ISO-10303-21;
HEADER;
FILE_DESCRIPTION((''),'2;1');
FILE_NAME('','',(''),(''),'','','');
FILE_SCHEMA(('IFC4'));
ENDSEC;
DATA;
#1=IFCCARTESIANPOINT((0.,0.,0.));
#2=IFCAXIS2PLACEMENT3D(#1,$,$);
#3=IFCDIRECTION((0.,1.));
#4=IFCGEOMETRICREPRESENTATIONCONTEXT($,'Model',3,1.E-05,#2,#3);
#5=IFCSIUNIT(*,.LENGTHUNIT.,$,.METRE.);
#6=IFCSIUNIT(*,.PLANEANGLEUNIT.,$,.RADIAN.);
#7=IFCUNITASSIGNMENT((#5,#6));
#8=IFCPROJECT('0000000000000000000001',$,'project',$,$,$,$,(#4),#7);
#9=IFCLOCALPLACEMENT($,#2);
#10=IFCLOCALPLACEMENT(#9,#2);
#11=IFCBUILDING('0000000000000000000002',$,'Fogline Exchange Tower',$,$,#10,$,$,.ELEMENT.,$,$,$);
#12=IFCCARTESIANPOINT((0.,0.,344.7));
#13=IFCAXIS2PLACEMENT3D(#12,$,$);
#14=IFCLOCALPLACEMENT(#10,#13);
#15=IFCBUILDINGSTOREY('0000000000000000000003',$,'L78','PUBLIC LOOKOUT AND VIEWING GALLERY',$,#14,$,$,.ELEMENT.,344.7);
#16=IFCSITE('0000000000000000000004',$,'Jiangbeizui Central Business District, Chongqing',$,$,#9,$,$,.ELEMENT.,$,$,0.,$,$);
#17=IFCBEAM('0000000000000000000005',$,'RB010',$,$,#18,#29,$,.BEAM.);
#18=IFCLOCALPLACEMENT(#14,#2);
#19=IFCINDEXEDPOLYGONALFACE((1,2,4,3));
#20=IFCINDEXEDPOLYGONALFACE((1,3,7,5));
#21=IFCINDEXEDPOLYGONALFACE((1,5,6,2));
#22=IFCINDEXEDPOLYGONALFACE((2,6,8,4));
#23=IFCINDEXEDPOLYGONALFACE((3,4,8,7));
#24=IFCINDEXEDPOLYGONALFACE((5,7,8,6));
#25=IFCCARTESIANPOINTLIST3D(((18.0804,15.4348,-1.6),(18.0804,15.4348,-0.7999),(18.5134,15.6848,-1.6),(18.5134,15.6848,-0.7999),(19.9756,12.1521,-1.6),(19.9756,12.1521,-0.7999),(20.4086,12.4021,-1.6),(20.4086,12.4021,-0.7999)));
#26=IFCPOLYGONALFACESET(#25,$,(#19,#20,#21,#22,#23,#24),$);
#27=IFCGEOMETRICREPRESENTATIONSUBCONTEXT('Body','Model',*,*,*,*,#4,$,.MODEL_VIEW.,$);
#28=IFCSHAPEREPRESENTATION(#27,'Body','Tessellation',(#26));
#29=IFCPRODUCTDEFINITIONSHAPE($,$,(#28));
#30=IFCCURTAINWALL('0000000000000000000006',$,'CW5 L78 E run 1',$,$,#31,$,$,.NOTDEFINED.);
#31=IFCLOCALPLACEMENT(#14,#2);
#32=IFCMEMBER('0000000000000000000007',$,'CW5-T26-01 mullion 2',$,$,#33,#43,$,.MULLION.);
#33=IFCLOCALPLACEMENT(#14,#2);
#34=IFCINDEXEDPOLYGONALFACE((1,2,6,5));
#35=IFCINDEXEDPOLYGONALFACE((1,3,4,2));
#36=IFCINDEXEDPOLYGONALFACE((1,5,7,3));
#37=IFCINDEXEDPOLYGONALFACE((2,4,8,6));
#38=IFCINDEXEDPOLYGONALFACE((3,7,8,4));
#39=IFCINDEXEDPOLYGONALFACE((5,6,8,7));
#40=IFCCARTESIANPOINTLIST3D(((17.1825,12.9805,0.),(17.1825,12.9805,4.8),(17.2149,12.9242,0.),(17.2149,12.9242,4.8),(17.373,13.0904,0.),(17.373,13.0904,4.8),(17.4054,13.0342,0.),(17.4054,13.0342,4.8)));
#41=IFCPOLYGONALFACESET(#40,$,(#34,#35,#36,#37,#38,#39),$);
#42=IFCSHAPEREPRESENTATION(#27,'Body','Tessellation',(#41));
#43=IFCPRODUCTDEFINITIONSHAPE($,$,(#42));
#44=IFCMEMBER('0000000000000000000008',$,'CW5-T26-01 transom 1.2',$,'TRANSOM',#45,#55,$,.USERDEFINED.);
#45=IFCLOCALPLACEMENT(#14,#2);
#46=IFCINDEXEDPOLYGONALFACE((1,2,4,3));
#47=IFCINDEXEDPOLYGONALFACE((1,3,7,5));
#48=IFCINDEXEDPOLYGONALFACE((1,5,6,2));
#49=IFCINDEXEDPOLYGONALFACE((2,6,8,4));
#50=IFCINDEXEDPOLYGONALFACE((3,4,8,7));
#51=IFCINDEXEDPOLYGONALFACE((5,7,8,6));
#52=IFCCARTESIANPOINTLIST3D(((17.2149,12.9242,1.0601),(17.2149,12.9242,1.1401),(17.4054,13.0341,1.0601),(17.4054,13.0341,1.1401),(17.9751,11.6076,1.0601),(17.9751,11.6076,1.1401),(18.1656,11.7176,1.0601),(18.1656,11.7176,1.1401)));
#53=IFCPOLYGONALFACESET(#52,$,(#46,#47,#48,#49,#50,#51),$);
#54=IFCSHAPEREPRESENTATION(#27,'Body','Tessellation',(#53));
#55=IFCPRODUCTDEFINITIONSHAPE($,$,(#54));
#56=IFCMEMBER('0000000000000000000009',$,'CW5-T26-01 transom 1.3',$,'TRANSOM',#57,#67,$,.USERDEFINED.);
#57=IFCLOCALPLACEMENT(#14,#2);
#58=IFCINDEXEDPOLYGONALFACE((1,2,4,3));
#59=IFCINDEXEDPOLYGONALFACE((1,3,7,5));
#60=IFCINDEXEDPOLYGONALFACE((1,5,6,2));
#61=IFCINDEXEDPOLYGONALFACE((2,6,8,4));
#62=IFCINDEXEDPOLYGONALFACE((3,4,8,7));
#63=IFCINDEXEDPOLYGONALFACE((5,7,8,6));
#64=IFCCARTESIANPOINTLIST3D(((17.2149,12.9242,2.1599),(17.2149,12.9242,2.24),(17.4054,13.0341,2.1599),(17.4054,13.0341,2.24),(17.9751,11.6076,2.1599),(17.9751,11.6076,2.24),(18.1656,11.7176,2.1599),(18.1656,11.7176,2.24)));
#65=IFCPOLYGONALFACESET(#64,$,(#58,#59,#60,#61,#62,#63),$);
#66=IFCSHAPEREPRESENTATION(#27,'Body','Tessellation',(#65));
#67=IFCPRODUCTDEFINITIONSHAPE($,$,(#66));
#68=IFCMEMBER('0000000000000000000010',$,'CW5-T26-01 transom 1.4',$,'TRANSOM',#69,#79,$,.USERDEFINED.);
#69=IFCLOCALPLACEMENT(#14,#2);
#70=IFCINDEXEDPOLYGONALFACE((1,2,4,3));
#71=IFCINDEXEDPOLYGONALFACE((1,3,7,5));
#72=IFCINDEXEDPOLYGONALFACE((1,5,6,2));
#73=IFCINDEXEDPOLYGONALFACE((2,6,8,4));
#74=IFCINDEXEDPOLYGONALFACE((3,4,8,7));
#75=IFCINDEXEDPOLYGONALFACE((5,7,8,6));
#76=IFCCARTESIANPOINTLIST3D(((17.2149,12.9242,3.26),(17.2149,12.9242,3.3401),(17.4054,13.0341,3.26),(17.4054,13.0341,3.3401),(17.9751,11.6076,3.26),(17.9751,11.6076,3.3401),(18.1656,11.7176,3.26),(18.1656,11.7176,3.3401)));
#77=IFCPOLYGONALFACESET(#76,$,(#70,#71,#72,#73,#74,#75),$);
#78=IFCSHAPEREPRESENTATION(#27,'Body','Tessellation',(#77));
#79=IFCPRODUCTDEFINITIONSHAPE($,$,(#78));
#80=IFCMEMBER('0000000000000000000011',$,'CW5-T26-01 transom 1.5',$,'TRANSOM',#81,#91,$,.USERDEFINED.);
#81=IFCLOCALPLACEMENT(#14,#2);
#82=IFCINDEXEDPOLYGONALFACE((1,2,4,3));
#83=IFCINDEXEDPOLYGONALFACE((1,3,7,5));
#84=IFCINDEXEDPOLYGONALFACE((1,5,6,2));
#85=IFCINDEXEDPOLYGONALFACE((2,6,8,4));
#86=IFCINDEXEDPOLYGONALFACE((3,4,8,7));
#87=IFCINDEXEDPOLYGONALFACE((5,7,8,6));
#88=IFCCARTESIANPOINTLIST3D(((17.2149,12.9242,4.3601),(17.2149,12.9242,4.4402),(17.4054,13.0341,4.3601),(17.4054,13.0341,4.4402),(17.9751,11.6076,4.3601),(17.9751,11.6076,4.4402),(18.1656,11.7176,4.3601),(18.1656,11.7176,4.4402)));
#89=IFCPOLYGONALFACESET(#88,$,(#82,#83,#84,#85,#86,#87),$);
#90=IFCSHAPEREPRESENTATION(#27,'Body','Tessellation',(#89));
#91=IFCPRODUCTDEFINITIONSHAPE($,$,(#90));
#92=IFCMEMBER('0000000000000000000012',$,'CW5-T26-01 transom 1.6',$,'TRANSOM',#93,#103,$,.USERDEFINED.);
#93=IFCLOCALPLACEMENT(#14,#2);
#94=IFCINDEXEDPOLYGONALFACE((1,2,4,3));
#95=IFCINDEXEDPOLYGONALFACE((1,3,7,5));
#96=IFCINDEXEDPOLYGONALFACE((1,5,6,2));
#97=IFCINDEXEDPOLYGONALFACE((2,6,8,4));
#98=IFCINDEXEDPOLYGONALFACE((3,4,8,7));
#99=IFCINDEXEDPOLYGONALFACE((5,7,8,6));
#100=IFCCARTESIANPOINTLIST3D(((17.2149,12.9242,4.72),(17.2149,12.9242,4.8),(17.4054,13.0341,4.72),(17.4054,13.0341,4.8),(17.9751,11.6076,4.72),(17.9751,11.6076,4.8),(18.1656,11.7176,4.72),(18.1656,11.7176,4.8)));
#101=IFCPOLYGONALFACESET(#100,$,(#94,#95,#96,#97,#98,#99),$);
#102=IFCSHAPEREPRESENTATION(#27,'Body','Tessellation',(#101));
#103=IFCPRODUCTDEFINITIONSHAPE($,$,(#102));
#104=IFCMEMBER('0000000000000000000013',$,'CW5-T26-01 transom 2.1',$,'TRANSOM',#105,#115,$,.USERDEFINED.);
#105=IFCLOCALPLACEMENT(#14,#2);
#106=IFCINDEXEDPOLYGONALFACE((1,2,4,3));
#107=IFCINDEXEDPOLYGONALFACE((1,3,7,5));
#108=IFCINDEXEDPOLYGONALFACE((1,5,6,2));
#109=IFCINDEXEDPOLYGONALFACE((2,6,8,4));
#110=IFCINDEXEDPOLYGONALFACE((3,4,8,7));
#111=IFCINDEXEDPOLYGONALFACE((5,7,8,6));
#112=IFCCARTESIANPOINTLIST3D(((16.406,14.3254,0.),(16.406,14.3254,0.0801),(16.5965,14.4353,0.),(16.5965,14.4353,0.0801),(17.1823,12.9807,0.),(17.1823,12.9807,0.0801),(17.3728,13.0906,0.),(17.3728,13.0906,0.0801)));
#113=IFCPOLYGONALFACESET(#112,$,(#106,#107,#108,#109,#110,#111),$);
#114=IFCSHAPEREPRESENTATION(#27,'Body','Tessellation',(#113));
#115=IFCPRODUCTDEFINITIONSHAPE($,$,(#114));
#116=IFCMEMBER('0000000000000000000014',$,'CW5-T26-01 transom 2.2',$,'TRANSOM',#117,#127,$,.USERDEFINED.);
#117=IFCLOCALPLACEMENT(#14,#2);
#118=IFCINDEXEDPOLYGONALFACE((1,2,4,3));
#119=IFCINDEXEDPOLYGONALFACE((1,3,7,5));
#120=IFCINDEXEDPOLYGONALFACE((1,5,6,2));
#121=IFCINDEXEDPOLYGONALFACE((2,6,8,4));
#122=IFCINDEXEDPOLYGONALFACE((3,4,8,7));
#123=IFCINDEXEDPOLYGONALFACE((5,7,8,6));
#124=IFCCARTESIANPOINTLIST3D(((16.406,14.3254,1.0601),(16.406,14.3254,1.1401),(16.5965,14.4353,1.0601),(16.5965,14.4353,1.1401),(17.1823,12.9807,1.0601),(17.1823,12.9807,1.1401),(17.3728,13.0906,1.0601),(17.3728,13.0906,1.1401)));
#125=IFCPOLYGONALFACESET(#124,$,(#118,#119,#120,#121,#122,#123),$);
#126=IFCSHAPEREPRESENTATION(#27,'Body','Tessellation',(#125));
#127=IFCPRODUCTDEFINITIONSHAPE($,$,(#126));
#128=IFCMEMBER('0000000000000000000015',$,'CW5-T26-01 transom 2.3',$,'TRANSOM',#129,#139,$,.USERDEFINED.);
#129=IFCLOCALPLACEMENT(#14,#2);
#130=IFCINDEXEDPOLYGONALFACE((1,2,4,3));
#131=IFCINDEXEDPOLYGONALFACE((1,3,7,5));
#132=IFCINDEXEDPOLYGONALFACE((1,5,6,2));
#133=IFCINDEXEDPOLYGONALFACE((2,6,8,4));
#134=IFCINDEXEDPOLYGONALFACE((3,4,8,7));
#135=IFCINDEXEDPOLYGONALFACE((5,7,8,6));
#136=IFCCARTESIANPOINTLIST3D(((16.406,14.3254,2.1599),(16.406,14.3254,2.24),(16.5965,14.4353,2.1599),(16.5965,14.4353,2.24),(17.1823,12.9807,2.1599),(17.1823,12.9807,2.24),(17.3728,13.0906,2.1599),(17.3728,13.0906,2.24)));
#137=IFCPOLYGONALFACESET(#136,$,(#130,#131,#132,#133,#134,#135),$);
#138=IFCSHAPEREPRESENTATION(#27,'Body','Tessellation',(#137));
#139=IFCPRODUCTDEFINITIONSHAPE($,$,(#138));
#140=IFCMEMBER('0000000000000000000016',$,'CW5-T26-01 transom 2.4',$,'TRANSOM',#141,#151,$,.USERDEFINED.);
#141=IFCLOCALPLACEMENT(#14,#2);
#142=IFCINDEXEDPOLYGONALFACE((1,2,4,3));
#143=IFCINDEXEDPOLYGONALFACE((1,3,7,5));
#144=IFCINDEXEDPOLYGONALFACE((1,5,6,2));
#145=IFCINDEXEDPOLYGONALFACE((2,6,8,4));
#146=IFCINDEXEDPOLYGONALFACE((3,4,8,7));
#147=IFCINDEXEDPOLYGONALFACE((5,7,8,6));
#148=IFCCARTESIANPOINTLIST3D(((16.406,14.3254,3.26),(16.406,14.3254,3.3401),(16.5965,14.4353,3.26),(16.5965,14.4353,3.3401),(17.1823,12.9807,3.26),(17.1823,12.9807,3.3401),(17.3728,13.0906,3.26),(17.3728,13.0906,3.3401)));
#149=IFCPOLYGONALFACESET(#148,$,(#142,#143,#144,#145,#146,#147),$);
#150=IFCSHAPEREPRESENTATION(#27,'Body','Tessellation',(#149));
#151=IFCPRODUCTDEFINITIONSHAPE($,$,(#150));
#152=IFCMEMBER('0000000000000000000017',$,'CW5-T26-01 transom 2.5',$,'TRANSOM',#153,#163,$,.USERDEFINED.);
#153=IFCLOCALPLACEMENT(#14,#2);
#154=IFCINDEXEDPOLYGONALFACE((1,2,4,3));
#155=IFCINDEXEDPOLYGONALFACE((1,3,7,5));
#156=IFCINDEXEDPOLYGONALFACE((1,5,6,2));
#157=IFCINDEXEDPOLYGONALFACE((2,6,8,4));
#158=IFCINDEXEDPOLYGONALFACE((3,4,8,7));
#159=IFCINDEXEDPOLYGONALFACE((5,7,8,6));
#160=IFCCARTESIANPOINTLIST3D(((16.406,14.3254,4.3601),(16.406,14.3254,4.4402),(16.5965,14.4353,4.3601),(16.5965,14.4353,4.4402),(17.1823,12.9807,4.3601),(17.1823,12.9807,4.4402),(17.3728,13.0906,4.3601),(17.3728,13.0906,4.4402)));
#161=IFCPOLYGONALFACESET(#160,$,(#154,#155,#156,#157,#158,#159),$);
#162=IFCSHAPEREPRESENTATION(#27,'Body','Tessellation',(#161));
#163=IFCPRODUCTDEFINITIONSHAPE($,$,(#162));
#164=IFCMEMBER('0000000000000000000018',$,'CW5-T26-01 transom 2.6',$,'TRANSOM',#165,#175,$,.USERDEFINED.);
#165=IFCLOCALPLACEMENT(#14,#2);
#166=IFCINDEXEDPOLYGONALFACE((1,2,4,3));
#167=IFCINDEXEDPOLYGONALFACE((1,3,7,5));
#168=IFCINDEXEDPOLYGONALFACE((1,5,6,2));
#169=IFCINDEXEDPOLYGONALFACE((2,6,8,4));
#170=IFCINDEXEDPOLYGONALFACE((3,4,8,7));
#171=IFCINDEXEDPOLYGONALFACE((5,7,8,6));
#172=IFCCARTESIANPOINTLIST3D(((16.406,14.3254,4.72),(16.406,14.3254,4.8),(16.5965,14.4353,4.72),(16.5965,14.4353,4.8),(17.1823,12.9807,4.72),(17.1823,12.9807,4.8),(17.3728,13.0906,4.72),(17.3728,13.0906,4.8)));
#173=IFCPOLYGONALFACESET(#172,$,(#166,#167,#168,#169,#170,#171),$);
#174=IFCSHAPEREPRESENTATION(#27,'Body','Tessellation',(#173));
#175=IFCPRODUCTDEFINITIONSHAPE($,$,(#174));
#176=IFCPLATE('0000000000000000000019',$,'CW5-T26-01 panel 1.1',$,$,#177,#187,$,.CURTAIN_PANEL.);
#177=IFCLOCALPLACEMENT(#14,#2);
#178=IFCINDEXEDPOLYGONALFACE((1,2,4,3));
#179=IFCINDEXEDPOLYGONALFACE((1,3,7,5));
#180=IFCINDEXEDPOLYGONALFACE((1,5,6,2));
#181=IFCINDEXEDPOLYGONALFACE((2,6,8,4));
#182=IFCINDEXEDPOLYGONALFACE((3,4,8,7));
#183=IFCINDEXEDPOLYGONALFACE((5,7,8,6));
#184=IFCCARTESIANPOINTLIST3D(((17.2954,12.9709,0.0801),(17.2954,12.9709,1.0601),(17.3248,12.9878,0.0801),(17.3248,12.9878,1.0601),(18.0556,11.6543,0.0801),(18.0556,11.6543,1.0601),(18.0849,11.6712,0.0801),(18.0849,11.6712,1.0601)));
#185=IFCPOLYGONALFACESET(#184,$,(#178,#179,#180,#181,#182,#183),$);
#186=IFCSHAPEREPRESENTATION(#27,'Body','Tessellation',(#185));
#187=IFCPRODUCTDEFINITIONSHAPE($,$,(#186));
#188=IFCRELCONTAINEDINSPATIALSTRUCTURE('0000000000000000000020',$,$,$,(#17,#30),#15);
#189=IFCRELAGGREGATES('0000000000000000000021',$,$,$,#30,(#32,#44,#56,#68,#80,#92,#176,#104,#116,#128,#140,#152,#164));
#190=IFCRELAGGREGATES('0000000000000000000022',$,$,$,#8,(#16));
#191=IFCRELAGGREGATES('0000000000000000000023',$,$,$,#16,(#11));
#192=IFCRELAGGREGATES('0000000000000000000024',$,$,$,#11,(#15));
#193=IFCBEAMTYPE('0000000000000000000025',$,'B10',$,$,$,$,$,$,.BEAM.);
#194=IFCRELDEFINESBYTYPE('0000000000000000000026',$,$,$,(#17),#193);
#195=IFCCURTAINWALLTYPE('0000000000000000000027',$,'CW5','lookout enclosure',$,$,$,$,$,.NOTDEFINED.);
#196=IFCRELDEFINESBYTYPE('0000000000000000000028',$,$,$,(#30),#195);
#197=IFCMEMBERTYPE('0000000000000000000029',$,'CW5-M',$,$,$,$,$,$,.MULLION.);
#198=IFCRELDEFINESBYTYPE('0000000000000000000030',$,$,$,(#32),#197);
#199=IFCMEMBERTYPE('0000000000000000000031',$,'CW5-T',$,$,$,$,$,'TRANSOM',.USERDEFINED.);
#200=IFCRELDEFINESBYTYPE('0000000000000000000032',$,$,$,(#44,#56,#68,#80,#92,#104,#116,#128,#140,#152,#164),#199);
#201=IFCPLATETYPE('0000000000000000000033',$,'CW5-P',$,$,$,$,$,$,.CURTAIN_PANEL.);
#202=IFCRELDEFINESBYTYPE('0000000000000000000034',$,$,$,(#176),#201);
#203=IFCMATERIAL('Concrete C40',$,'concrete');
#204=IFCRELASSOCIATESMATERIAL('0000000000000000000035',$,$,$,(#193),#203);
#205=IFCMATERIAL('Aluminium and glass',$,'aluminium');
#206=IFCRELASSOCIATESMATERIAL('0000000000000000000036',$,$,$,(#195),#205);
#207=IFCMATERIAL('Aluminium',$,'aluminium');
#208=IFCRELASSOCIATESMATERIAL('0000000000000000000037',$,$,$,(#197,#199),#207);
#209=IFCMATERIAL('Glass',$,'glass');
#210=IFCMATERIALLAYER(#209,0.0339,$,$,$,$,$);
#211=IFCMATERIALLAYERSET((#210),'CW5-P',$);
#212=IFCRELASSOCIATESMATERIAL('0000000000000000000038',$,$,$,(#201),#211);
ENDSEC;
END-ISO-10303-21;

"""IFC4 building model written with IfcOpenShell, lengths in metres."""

from ifc_helpers import new_model, si_unit, direction, frame, origin, origin_2d, place, context, subcontext, project, spatial, rectangle, extrude, material, layer, layer_set, material_profile, profile_set, type_object, element, aggregate, save


model = new_model("IFC4")

# Units and contexts
model_context = context("Model", 3, precision=1e-05, world=origin(), true_north=direction((0.0, 1.0)))
body_context = subcontext(model_context, "Body", "Model", "MODEL_VIEW")
ifc_project = project(units=[si_unit("LENGTHUNIT", "METRE"), si_unit("PLANEANGLEUNIT", "RADIAN")], contexts=[model_context])

# Site, building, storey
site_placement = place(None, origin())
site = spatial("IfcSite", under=ifc_project, at=site_placement, Name="Jiangbeizui Central Business District, Chongqing", CompositionType="ELEMENT", RefElevation=0.0)
building_placement = place(site_placement, origin())
building = spatial("IfcBuilding", under=site, at=building_placement, Name="Fogline Exchange Tower", CompositionType="ELEMENT")
storey_placement = place(building_placement, frame((0.0, 0.0, 344.7)))
storey = spatial("IfcBuildingStorey", under=building, at=storey_placement, Name="L78", Description="PUBLIC LOOKOUT AND VIEWING GALLERY", CompositionType="ELEMENT", Elevation=344.7)

# Beam
ifc_material_1 = material(Name="Concrete C40", Category="concrete")
ifc_material_profile_1 = material_profile(ifc_material_1, rectangle(XDim=0.5, YDim=0.8, at=origin_2d()), Name="RC 500x800")
ifc_profile_set_1 = profile_set([ifc_material_profile_1], Name="Concrete C40")
beam_type = type_object("IfcBeamType", Name="B10", PredefinedType="BEAM", material=ifc_profile_set_1)
beam_placement = place(storey_placement, frame((20.1921, 12.2771, -1.2), z_axis=(-0.499998, 0.866027, 0.0), x_axis=(-0.866027, -0.499998, 0.0)))
element("IfcBeam", 1, at=beam_placement, inside=storey, type_object=beam_type, Name="RB010", PredefinedType="BEAM", context=body_context, shape_type="SweptSolid", body=[
    extrude(rectangle(XDim=0.5, YDim=0.8, at=origin_2d()), origin(), (0.0, 0.0, 1.0), 3.7905),
])

# Curtain wall, members, plate
ifc_material_2 = material(Name="Aluminium and glass", Category="aluminium")
curtain_wall_type = type_object("IfcCurtainWallType", Name="CW5", Description="lookout enclosure", PredefinedType="NOTDEFINED", material=ifc_material_2)
curtain_wall_placement = place(storey_placement, origin())
curtain_wall = element("IfcCurtainWall", 2, at=curtain_wall_placement, inside=storey, type_object=curtain_wall_type, Name="CW5 L78 E run 1", PredefinedType="NOTDEFINED")
ifc_material_3 = material(Name="Aluminium", Category="aluminium")
ifc_material_profile_2 = material_profile(ifc_material_3, rectangle(XDim=0.22, YDim=0.0649, at=origin_2d()), Name="Mullion 65x220")
ifc_profile_set_2 = profile_set([ifc_material_profile_2], Name="Aluminium")
member_type_1 = type_object("IfcMemberType", Name="CW5-M", PredefinedType="MULLION", material=ifc_profile_set_2)
member_1_placement = place(storey_placement, frame((17.2939, 13.0073, 0.0), z_axis=(0.0, 0.0, 1.0), x_axis=(-0.866025, -0.5, 0.0)))
member_1 = element("IfcMember", 3, at=member_1_placement, type_object=member_type_1, Name="CW5-T26-01 mullion 2", PredefinedType="MULLION", context=body_context, shape_type="SweptSolid", body=[
    extrude(rectangle(XDim=0.22, YDim=0.0649, at=origin_2d()), origin(), (0.0, 0.0, 1.0), 4.8),
])
ifc_material_profile_3 = material_profile(ifc_material_3, rectangle(XDim=0.22, YDim=0.0801, at=origin_2d()), Name="Transom 80x220")
ifc_profile_set_3 = profile_set([ifc_material_profile_3], Name="Aluminium")
member_type_2 = type_object("IfcMemberType", Name="CW5-T", ElementType="TRANSOM", PredefinedType="USERDEFINED", material=ifc_profile_set_3)
member_2_placement = place(storey_placement, frame((18.0703, 11.6626, 1.1001), z_axis=(-0.500042, 0.866001, 0.0), x_axis=(-0.866001, -0.500042, 0.0)))
member_2 = element("IfcMember", 4, at=member_2_placement, type_object=member_type_2, Name="CW5-T26-01 transom 1.2", ObjectType="TRANSOM", PredefinedType="USERDEFINED", context=body_context, shape_type="SweptSolid", body=[
    extrude(rectangle(XDim=0.22, YDim=0.0801, at=origin_2d()), origin(), (0.0, 0.0, 1.0), 1.5203),
])
member_3_placement = place(storey_placement, frame((18.0703, 11.6626, 2.2), z_axis=(-0.500042, 0.866001, 0.0), x_axis=(-0.866001, -0.500042, 0.0)))
member_3 = element("IfcMember", 5, at=member_3_placement, type_object=member_type_2, Name="CW5-T26-01 transom 1.3", ObjectType="TRANSOM", PredefinedType="USERDEFINED", context=body_context, shape_type="SweptSolid", body=[
    extrude(rectangle(XDim=0.22, YDim=0.0801, at=origin_2d()), origin(), (0.0, 0.0, 1.0), 1.5203),
])
member_4_placement = place(storey_placement, frame((18.0703, 11.6626, 3.3), z_axis=(-0.500042, 0.866001, 0.0), x_axis=(-0.866001, -0.500042, 0.0)))
member_4 = element("IfcMember", 6, at=member_4_placement, type_object=member_type_2, Name="CW5-T26-01 transom 1.4", ObjectType="TRANSOM", PredefinedType="USERDEFINED", context=body_context, shape_type="SweptSolid", body=[
    extrude(rectangle(XDim=0.22, YDim=0.0801, at=origin_2d()), origin(), (0.0, 0.0, 1.0), 1.5203),
])
member_5_placement = place(storey_placement, frame((18.0703, 11.6626, 4.4001), z_axis=(-0.500042, 0.866001, 0.0), x_axis=(-0.866001, -0.500042, 0.0)))
member_5 = element("IfcMember", 7, at=member_5_placement, type_object=member_type_2, Name="CW5-T26-01 transom 1.5", ObjectType="TRANSOM", PredefinedType="USERDEFINED", context=body_context, shape_type="SweptSolid", body=[
    extrude(rectangle(XDim=0.22, YDim=0.0801, at=origin_2d()), origin(), (0.0, 0.0, 1.0), 1.5203),
])
member_6_placement = place(storey_placement, frame((18.0703, 11.6626, 4.76), z_axis=(-0.500042, 0.866001, 0.0), x_axis=(-0.866001, -0.500042, 0.0)))
member_6 = element("IfcMember", 8, at=member_6_placement, type_object=member_type_2, Name="CW5-T26-01 transom 1.6", ObjectType="TRANSOM", PredefinedType="USERDEFINED", context=body_context, shape_type="SweptSolid", body=[
    extrude(rectangle(XDim=0.22, YDim=0.0801, at=origin_2d()), origin(), (0.0, 0.0, 1.0), 1.5203),
])
member_7_placement = place(storey_placement, frame((17.2776, 13.0356, 0.04), z_axis=(-0.499995, 0.866028, 0.0), x_axis=(-0.866028, -0.499995, 0.0)))
member_7 = element("IfcMember", 9, at=member_7_placement, type_object=member_type_2, Name="CW5-T26-01 transom 2.1", ObjectType="TRANSOM", PredefinedType="USERDEFINED", context=body_context, shape_type="SweptSolid", body=[
    extrude(rectangle(XDim=0.22, YDim=0.0801, at=origin_2d()), origin(), (0.0, 0.0, 1.0), 1.5527),
])
member_8_placement = place(storey_placement, frame((17.2776, 13.0356, 1.1001), z_axis=(-0.499995, 0.866028, 0.0), x_axis=(-0.866028, -0.499995, 0.0)))
member_8 = element("IfcMember", 10, at=member_8_placement, type_object=member_type_2, Name="CW5-T26-01 transom 2.2", ObjectType="TRANSOM", PredefinedType="USERDEFINED", context=body_context, shape_type="SweptSolid", body=[
    extrude(rectangle(XDim=0.22, YDim=0.0801, at=origin_2d()), origin(), (0.0, 0.0, 1.0), 1.5527),
])
member_9_placement = place(storey_placement, frame((17.2776, 13.0356, 2.2), z_axis=(-0.499995, 0.866028, 0.0), x_axis=(-0.866028, -0.499995, 0.0)))
member_9 = element("IfcMember", 11, at=member_9_placement, type_object=member_type_2, Name="CW5-T26-01 transom 2.3", ObjectType="TRANSOM", PredefinedType="USERDEFINED", context=body_context, shape_type="SweptSolid", body=[
    extrude(rectangle(XDim=0.22, YDim=0.0801, at=origin_2d()), origin(), (0.0, 0.0, 1.0), 1.5527),
])
member_10_placement = place(storey_placement, frame((17.2776, 13.0356, 3.3), z_axis=(-0.499995, 0.866028, 0.0), x_axis=(-0.866028, -0.499995, 0.0)))
member_10 = element("IfcMember", 12, at=member_10_placement, type_object=member_type_2, Name="CW5-T26-01 transom 2.4", ObjectType="TRANSOM", PredefinedType="USERDEFINED", context=body_context, shape_type="SweptSolid", body=[
    extrude(rectangle(XDim=0.22, YDim=0.0801, at=origin_2d()), origin(), (0.0, 0.0, 1.0), 1.5527),
])
member_11_placement = place(storey_placement, frame((17.2776, 13.0356, 4.4001), z_axis=(-0.499995, 0.866028, 0.0), x_axis=(-0.866028, -0.499995, 0.0)))
member_11 = element("IfcMember", 13, at=member_11_placement, type_object=member_type_2, Name="CW5-T26-01 transom 2.5", ObjectType="TRANSOM", PredefinedType="USERDEFINED", context=body_context, shape_type="SweptSolid", body=[
    extrude(rectangle(XDim=0.22, YDim=0.0801, at=origin_2d()), origin(), (0.0, 0.0, 1.0), 1.5527),
])
member_12_placement = place(storey_placement, frame((17.2776, 13.0356, 4.76), z_axis=(-0.499995, 0.866028, 0.0), x_axis=(-0.866028, -0.499995, 0.0)))
member_12 = element("IfcMember", 14, at=member_12_placement, type_object=member_type_2, Name="CW5-T26-01 transom 2.6", ObjectType="TRANSOM", PredefinedType="USERDEFINED", context=body_context, shape_type="SweptSolid", body=[
    extrude(rectangle(XDim=0.22, YDim=0.0801, at=origin_2d()), origin(), (0.0, 0.0, 1.0), 1.5527),
])
ifc_material_4 = material(Name="Glass", Category="glass")
ifc_layer = layer(ifc_material_4, 0.0339)
ifc_layer_set = layer_set([ifc_layer], Name="CW5-P")
plate_type = type_object("IfcPlateType", Name="CW5-P", PredefinedType="CURTAIN_PANEL", material=ifc_layer_set)
plate_1_placement = place(storey_placement, frame((17.6902, 12.321, 0.0801), z_axis=(0.0, 0.0, 1.0), x_axis=(-0.5, 0.866025, 0.0)))
plate_1 = element("IfcPlate", 15, at=plate_1_placement, type_object=plate_type, Name="CW5-T26-01 panel 1.1", PredefinedType="CURTAIN_PANEL", context=body_context, shape_type="SweptSolid", body=[
    extrude(rectangle(XDim=1.5203, YDim=0.0339, at=origin_2d()), origin(), (0.0, 0.0, 1.0), 0.98),
])
aggregate(curtain_wall, [member_1, member_2, member_3, member_4, member_5, member_6, plate_1, member_7, member_8, member_9, member_10, member_11, member_12])

save(model, "model.ifc")
